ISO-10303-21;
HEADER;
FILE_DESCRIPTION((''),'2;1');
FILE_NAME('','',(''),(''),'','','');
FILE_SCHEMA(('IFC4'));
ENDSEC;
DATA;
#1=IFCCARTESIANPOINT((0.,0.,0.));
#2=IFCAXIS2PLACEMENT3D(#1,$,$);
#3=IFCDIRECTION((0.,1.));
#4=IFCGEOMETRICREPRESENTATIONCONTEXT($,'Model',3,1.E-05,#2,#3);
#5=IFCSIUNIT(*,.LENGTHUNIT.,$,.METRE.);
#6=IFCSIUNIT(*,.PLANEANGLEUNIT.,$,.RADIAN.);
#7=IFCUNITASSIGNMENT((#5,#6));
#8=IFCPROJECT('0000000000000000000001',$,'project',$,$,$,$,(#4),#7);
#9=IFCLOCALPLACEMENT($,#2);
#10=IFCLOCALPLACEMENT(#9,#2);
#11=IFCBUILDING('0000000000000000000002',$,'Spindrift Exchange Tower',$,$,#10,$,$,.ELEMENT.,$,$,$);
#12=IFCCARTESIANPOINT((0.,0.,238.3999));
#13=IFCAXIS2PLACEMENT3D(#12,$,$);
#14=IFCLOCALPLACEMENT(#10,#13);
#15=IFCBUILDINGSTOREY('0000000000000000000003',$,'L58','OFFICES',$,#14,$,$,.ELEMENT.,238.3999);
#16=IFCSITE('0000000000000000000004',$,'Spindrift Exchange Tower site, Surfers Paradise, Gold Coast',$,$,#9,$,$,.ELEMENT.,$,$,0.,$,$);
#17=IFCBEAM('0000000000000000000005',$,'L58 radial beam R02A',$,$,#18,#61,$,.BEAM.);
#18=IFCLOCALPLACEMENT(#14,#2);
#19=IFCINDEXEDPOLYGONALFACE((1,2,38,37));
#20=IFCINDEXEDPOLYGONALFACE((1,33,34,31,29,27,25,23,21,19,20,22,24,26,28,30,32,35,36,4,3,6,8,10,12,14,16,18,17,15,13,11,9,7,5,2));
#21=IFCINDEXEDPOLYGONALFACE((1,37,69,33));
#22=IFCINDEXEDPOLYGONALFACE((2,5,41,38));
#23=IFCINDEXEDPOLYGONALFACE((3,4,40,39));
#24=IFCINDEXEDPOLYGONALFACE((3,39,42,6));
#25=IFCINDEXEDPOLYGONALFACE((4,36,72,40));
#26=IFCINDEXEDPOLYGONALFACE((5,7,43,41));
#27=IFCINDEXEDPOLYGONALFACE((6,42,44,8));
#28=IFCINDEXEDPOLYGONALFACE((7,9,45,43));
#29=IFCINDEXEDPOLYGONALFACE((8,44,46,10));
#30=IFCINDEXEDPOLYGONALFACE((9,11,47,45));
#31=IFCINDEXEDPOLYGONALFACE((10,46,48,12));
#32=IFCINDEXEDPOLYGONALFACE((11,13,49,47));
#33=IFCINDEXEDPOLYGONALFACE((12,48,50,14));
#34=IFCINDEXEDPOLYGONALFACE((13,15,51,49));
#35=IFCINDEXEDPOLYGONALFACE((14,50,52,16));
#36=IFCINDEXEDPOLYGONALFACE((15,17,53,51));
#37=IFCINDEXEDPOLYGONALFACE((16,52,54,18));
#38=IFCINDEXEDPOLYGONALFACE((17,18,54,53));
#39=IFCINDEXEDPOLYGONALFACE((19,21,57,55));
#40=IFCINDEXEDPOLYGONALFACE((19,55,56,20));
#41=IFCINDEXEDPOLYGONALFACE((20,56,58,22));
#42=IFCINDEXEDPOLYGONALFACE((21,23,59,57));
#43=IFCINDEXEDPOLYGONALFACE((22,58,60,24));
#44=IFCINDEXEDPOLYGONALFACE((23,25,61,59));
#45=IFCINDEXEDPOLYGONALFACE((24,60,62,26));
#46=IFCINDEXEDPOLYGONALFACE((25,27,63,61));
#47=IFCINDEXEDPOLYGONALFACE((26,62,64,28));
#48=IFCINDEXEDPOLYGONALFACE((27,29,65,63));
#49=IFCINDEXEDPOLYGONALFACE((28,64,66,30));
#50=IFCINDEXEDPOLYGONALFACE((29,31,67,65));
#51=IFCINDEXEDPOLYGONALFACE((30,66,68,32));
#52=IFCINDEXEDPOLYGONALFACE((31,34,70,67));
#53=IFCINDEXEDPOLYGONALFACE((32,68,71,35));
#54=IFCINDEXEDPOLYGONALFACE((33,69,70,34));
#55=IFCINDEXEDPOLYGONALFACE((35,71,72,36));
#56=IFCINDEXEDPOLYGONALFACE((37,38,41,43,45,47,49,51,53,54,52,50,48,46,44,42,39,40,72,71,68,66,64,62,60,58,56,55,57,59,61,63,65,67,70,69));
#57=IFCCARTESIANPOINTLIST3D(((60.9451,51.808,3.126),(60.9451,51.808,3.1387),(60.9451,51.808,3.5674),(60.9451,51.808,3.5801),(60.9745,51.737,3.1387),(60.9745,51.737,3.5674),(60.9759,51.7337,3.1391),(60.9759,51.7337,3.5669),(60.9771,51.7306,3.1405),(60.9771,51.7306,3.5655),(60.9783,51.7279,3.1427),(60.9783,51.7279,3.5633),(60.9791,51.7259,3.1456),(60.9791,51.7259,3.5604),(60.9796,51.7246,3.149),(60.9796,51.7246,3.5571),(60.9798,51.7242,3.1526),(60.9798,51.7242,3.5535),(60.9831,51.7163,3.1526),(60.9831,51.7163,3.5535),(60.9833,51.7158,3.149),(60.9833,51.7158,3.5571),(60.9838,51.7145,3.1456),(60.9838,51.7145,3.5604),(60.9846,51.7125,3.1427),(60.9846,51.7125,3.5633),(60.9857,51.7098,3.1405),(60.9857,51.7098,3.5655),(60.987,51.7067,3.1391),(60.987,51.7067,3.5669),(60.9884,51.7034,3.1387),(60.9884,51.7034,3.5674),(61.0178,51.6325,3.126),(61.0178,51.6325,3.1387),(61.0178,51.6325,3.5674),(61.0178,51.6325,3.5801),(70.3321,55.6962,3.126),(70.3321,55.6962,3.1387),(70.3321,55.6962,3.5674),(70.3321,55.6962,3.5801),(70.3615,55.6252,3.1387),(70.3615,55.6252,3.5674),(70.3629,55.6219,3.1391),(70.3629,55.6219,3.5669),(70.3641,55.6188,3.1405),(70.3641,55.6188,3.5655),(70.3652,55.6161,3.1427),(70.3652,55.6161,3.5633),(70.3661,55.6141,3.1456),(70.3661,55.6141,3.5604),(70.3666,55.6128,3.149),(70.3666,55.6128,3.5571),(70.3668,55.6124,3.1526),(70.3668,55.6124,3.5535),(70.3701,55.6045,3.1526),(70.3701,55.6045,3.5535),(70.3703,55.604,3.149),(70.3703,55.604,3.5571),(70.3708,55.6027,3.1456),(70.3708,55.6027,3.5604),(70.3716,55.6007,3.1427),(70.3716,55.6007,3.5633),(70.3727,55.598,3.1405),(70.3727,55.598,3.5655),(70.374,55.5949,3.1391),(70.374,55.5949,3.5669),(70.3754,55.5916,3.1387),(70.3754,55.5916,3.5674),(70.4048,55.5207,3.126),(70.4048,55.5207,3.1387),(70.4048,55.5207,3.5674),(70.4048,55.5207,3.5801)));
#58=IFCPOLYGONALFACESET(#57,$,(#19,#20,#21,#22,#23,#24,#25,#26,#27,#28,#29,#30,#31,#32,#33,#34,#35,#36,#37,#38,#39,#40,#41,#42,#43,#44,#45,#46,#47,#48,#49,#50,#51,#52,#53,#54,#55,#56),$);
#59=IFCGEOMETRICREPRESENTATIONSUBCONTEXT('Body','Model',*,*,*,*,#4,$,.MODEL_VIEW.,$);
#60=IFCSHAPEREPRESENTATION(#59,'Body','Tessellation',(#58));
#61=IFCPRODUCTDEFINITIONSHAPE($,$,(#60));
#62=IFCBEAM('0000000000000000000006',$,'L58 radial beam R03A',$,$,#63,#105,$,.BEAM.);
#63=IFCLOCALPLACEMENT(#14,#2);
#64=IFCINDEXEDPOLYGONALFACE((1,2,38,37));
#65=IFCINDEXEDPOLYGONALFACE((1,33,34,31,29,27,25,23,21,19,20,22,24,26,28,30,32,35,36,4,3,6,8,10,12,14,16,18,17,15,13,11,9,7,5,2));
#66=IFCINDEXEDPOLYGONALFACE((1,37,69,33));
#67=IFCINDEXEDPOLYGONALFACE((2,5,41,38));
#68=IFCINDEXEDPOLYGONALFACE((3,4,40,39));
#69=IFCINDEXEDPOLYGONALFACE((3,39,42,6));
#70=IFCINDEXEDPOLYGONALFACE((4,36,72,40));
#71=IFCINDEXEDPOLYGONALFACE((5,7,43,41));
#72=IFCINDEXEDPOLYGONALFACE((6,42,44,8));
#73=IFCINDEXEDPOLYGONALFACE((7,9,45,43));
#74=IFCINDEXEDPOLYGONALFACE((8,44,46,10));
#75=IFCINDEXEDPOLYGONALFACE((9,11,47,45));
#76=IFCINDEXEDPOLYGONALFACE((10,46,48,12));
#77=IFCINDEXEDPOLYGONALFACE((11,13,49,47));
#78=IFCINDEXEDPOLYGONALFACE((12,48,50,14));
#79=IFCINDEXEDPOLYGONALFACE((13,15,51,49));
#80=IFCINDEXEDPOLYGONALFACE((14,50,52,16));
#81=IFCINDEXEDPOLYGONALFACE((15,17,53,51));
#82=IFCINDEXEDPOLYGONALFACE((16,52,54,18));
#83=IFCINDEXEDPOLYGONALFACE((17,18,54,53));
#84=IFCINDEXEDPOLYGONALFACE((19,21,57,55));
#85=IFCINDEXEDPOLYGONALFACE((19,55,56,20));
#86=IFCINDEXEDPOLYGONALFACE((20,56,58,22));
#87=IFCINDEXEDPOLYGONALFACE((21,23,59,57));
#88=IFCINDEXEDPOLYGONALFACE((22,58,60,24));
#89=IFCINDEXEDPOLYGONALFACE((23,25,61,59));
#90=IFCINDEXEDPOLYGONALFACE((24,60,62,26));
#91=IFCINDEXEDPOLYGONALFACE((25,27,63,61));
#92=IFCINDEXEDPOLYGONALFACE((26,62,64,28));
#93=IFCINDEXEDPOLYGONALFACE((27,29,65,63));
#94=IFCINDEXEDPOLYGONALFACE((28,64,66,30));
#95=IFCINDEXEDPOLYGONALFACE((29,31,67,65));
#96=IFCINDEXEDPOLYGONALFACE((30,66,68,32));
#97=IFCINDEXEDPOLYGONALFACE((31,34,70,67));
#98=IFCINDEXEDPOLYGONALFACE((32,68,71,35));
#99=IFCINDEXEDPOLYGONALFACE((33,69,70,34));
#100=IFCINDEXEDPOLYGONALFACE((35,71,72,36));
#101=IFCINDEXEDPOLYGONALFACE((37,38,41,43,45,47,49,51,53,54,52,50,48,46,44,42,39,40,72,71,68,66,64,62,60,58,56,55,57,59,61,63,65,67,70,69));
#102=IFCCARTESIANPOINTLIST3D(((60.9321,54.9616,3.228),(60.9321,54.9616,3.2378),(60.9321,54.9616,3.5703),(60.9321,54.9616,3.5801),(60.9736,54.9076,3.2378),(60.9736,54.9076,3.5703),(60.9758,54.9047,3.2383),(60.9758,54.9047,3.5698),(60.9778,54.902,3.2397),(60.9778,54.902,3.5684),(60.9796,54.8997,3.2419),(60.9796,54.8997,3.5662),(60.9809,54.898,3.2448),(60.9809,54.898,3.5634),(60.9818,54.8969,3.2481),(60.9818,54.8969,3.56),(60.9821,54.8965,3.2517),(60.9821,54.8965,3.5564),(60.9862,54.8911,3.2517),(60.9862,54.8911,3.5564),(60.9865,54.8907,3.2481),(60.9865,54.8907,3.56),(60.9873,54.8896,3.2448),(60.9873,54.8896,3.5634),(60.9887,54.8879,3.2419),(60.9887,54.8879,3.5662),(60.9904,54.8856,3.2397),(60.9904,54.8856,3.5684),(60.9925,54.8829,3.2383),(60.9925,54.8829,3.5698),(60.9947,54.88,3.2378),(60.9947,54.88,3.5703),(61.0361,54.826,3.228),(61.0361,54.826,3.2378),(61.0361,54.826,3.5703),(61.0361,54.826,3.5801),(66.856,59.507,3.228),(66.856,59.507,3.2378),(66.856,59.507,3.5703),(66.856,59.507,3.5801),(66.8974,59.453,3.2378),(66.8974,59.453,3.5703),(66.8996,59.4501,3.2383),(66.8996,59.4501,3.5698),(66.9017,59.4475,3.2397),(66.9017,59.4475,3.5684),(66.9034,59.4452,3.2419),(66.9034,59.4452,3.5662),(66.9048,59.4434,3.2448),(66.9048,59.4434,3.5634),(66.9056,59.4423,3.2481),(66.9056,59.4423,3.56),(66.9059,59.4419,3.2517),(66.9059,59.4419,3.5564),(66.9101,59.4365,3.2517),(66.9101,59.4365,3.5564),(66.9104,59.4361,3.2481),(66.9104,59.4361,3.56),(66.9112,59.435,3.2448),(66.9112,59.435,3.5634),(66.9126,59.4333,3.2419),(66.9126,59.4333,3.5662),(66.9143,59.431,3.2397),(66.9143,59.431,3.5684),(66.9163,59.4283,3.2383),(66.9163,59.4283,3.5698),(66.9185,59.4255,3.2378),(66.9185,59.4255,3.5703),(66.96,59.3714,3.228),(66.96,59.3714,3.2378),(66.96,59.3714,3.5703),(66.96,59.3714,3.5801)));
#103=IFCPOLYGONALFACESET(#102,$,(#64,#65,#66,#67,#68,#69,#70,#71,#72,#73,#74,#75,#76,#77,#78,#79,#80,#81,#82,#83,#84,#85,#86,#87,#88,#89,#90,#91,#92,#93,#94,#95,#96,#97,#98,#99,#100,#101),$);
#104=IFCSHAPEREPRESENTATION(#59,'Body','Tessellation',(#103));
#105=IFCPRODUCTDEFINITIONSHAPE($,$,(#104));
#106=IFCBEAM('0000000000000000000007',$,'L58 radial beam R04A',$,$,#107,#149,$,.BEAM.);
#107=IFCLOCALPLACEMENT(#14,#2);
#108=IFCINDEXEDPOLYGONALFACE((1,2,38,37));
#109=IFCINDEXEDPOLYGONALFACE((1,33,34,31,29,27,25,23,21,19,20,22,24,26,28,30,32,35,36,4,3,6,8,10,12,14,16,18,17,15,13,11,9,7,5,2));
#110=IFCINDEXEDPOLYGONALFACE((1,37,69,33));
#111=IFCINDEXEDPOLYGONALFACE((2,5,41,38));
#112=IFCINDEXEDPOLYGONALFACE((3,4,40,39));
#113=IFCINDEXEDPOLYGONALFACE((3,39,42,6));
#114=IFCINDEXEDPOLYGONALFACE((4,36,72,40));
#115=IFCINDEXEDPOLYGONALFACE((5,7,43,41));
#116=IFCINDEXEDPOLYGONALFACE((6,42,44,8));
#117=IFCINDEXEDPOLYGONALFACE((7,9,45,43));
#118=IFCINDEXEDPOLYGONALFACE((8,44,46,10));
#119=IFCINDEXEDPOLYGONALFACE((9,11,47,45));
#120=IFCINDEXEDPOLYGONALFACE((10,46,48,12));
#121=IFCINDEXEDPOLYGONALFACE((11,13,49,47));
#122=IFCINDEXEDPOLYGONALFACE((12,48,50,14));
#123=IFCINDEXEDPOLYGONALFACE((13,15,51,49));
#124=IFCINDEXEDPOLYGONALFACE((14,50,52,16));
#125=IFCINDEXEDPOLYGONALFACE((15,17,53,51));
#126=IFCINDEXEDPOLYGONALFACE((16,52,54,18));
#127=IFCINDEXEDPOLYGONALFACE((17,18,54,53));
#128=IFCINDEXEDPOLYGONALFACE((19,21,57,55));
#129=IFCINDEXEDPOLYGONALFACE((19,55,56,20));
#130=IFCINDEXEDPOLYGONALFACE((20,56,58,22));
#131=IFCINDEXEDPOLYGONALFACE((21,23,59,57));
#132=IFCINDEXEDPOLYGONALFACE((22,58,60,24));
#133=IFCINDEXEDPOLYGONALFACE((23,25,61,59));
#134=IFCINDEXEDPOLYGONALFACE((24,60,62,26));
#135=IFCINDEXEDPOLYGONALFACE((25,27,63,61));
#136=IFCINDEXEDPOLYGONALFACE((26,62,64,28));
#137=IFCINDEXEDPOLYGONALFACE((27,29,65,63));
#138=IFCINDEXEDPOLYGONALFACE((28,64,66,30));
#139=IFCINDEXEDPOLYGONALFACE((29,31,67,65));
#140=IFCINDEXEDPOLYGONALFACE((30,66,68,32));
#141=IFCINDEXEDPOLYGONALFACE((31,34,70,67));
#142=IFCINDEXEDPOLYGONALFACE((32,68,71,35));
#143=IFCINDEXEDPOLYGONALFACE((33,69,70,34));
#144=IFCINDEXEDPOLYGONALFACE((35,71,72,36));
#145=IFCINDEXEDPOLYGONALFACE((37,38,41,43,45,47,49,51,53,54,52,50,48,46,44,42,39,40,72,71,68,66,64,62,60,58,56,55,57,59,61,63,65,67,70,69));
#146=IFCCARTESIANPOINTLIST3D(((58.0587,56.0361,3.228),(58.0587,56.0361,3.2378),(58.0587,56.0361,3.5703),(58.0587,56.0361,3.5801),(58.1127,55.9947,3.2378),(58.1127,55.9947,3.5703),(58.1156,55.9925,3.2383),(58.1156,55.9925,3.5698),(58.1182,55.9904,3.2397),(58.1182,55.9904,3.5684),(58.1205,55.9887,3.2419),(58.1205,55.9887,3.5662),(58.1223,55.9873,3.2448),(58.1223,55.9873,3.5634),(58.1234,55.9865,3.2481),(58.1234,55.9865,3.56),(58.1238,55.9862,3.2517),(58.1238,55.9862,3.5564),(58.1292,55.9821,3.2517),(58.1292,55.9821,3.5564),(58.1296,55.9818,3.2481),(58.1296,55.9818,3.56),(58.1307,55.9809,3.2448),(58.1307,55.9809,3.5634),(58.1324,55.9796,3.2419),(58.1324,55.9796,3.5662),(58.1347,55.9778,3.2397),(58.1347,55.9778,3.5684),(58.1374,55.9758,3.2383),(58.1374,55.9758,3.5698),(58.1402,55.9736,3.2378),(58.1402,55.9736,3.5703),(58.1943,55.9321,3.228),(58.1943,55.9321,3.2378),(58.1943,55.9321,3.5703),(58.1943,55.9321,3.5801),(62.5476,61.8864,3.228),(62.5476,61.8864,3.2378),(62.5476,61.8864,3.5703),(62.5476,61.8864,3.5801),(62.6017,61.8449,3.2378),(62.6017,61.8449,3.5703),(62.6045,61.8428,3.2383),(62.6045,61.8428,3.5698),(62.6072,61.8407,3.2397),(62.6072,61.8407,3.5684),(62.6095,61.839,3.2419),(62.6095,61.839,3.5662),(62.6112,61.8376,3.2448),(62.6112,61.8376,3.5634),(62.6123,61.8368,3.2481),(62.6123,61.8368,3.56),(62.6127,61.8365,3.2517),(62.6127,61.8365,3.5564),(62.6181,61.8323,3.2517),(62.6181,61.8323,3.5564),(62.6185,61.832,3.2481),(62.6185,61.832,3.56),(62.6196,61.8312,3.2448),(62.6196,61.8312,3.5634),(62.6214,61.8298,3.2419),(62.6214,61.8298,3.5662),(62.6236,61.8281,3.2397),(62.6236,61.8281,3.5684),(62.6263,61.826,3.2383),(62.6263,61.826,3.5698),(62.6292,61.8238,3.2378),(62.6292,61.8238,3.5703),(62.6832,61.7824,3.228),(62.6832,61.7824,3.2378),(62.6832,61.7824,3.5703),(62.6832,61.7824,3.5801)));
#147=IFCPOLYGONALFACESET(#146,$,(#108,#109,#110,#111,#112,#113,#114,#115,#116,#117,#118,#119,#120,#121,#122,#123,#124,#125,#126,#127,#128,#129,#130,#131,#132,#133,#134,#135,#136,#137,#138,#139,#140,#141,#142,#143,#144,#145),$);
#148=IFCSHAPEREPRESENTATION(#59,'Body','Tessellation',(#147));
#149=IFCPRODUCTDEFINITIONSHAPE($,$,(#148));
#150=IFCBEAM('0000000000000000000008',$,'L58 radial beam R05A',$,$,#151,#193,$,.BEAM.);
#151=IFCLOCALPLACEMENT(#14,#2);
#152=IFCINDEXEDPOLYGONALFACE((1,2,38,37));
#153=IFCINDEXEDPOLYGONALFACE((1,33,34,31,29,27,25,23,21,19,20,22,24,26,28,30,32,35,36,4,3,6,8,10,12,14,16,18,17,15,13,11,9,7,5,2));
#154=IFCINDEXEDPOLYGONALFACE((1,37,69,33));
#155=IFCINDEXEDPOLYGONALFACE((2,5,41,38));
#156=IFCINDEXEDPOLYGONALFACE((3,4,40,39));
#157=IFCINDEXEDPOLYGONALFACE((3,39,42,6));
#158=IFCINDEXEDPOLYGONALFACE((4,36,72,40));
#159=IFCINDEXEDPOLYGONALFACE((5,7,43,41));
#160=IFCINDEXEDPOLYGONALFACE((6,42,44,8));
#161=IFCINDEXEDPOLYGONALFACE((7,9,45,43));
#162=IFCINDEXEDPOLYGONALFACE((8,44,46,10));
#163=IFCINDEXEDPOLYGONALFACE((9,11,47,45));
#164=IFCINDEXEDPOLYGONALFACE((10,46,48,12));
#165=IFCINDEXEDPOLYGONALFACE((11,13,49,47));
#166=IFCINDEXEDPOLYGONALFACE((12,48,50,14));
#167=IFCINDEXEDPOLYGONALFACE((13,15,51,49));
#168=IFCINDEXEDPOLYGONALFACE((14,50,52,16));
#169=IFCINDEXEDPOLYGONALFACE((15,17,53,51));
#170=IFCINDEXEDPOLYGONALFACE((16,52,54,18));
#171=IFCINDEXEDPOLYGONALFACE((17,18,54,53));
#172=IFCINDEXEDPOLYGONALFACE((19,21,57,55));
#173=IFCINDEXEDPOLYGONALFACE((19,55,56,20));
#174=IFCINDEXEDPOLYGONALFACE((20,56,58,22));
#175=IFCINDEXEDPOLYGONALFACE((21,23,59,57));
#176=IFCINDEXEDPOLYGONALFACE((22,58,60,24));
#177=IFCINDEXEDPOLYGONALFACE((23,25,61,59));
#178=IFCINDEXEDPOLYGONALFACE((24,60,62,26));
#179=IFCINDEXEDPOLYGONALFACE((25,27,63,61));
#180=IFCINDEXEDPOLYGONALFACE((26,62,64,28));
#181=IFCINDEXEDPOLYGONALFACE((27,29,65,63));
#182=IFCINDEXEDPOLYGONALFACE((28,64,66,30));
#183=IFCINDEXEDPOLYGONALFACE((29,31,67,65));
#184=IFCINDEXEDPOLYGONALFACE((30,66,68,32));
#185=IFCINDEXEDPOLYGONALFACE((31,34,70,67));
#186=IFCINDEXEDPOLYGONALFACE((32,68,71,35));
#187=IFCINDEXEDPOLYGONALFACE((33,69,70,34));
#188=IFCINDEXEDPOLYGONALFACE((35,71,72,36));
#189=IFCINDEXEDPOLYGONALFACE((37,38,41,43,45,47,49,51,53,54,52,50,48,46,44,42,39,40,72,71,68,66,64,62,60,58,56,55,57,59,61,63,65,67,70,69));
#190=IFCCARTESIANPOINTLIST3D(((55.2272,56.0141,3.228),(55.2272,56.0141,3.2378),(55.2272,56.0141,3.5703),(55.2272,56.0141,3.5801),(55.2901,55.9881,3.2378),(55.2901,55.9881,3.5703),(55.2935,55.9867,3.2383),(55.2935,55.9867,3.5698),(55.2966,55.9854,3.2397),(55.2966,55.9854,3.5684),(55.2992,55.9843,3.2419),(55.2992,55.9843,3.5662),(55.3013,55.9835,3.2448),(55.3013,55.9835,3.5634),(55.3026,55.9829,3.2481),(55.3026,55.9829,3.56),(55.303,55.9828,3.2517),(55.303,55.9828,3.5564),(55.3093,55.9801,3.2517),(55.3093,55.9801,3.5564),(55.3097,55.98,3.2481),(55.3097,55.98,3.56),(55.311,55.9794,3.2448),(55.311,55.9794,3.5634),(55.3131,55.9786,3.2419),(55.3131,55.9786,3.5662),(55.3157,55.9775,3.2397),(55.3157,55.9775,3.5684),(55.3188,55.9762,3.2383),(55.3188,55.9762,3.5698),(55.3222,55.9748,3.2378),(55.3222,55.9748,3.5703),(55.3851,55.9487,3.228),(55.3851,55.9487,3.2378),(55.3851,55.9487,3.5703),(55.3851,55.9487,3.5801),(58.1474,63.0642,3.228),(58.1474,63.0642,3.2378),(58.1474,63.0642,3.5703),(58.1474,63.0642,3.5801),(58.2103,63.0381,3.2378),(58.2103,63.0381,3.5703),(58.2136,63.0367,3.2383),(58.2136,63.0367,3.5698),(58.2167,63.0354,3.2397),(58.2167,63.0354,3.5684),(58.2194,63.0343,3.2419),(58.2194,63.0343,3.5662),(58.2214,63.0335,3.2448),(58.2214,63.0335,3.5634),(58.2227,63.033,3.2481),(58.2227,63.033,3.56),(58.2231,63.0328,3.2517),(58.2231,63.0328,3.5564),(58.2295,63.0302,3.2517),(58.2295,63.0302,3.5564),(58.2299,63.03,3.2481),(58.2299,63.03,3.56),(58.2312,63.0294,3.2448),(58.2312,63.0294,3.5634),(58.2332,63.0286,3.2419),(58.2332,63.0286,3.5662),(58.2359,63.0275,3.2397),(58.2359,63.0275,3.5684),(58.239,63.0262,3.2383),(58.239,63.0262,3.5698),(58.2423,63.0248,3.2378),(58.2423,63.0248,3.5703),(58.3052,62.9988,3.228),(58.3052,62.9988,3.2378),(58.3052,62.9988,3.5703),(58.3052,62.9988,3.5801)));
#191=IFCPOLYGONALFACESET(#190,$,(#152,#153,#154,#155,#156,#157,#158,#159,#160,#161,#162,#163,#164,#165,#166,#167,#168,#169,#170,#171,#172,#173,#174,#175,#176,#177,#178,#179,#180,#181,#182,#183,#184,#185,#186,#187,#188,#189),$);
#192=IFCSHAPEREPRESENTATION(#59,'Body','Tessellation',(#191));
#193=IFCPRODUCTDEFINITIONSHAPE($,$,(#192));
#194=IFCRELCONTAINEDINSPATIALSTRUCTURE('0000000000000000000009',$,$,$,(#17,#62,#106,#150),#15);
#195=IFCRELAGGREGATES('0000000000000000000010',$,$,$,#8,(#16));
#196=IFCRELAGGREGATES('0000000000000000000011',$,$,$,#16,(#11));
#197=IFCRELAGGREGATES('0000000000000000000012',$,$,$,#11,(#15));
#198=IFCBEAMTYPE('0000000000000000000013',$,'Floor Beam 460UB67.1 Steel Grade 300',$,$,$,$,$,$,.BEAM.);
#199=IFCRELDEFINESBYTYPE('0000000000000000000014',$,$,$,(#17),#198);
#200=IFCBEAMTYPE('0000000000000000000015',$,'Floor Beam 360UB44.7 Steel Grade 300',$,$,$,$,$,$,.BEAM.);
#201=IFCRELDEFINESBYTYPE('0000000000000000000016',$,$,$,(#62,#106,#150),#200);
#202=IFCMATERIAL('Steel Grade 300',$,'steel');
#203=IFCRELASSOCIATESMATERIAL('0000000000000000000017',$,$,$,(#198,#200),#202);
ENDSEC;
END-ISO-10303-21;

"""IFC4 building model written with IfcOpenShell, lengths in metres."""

from ifc_helpers import new_model, si_unit, direction, frame, origin, origin_2d, place, context, subcontext, project, spatial, i_section, extrude, source, transform, mapped, material, material_profile, profile_set, type_object, element, save


model = new_model("IFC4")

# Units and contexts
model_context = context("Model", 3, precision=1e-05, world=origin(), true_north=direction((0.0, 1.0)))
body_context = subcontext(model_context, "Body", "Model", "MODEL_VIEW")
ifc_project = project(units=[si_unit("LENGTHUNIT", "METRE"), si_unit("PLANEANGLEUNIT", "RADIAN")], contexts=[model_context])

# Site, building, storey
site_placement = place(None, origin())
site = spatial("IfcSite", under=ifc_project, at=site_placement, Name="Spindrift Exchange Tower site, Surfers Paradise, Gold Coast", CompositionType="ELEMENT", RefElevation=0.0)
building_placement = place(site_placement, origin())
building = spatial("IfcBuilding", under=site, at=building_placement, Name="Spindrift Exchange Tower", CompositionType="ELEMENT")
storey_placement = place(building_placement, frame((0.0, 0.0, 238.3999)))
storey = spatial("IfcBuildingStorey", under=building, at=storey_placement, Name="L58", Description="OFFICES", CompositionType="ELEMENT", Elevation=238.3999)

# Beams
ifc_material_1 = material(Name="Steel Grade 300", Category="steel")
ifc_material_profile_1 = material_profile(ifc_material_1, i_section(OverallWidth=0.1899, OverallDepth=0.4541, WebThickness=0.0085, FlangeThickness=0.0127, FilletRadius=0.0139, at=origin_2d()), Name="460UB67.1")
ifc_profile_set_1 = profile_set([ifc_material_profile_1], Name="Steel Grade 300")
beam_type_1 = type_object("IfcBeamType", Name="Floor Beam 460UB67.1 Steel Grade 300", PredefinedType="BEAM", material=ifc_profile_set_1)
shared_shape_1 = source(origin(), body_context, "Body", "SweptSolid", [
    extrude(i_section(OverallWidth=0.1899, OverallDepth=0.4541, WebThickness=0.0085, FlangeThickness=0.0127, FilletRadius=0.0139, at=origin_2d()), origin(), (0.0, 0.0, 1.0), 10.1604),
])
beam_1_placement = place(storey_placement, frame((60.9814, 51.7202, 3.353), z_axis=(0.92388, 0.382681, 0.0), x_axis=(-0.382681, 0.92388, 0.0)))
element("IfcBeam", 1, at=beam_1_placement, inside=storey, type_object=beam_type_1, Name="L58 radial beam R02A", PredefinedType="BEAM", context=body_context, shape_type="MappedRepresentation", body=[
    mapped(shared_shape_1, transform((0.0, 0.0, 0.0), scale=1.0)),
])
ifc_material_profile_2 = material_profile(ifc_material_1, i_section(OverallWidth=0.1709, OverallDepth=0.3521, WebThickness=0.0068, FlangeThickness=0.0098, FilletRadius=0.0139, at=origin_2d()), Name="360UB44.7")
ifc_profile_set_2 = profile_set([ifc_material_profile_2], Name="Steel Grade 300")
beam_type_2 = type_object("IfcBeamType", Name="Floor Beam 360UB44.7 Steel Grade 300", PredefinedType="BEAM", material=ifc_profile_set_2)
shared_shape_2 = source(origin(), body_context, "Body", "SweptSolid", [
    extrude(i_section(OverallWidth=0.1709, OverallDepth=0.3521, WebThickness=0.0068, FlangeThickness=0.0098, FilletRadius=0.0139, at=origin_2d()), origin(), (0.0, 0.0, 1.0), 7.4668),
])
beam_2_placement = place(storey_placement, frame((60.9841, 54.8938, 3.4041), z_axis=(0.79336, 0.608753, 0.0), x_axis=(-0.608753, 0.79336, 0.0)))
element("IfcBeam", 2, at=beam_2_placement, inside=storey, type_object=beam_type_2, Name="L58 radial beam R03A", PredefinedType="BEAM", context=body_context, shape_type="MappedRepresentation", body=[
    mapped(shared_shape_2, transform((0.0, 0.0, 0.0), scale=1.0)),
])
shared_shape_3 = source(origin(), body_context, "Body", "SweptSolid", [
    extrude(i_section(OverallWidth=0.1709, OverallDepth=0.3521, WebThickness=0.0068, FlangeThickness=0.0098, FilletRadius=0.0139, at=origin_2d()), origin(), (0.0, 0.0, 1.0), 7.374),
])
beam_3_placement = place(storey_placement, frame((58.1265, 55.9841, 3.4041), z_axis=(0.608752, 0.793361, 0.0), x_axis=(-0.793361, 0.608752, 0.0)))
element("IfcBeam", 3, at=beam_3_placement, inside=storey, type_object=beam_type_2, Name="L58 radial beam R04A", PredefinedType="BEAM", context=body_context, shape_type="MappedRepresentation", body=[
    mapped(shared_shape_3, transform((0.0, 0.0, 0.0), scale=1.0)),
])
shared_shape_4 = source(origin(), body_context, "Body", "SweptSolid", [
    extrude(i_section(OverallWidth=0.1709, OverallDepth=0.3521, WebThickness=0.0068, FlangeThickness=0.0098, FilletRadius=0.0139, at=origin_2d()), origin(), (0.0, 0.0, 1.0), 7.6309),
])
beam_4_placement = place(storey_placement, frame((55.3062, 55.9814, 3.4041), z_axis=(0.382677, 0.923882, 0.0), x_axis=(-0.923882, 0.382677, 0.0)))
element("IfcBeam", 4, at=beam_4_placement, inside=storey, type_object=beam_type_2, Name="L58 radial beam R05A", PredefinedType="BEAM", context=body_context, shape_type="MappedRepresentation", body=[
    mapped(shared_shape_4, transform((0.0, 0.0, 0.0), scale=1.0)),
])

save(model, "model.ifc")
